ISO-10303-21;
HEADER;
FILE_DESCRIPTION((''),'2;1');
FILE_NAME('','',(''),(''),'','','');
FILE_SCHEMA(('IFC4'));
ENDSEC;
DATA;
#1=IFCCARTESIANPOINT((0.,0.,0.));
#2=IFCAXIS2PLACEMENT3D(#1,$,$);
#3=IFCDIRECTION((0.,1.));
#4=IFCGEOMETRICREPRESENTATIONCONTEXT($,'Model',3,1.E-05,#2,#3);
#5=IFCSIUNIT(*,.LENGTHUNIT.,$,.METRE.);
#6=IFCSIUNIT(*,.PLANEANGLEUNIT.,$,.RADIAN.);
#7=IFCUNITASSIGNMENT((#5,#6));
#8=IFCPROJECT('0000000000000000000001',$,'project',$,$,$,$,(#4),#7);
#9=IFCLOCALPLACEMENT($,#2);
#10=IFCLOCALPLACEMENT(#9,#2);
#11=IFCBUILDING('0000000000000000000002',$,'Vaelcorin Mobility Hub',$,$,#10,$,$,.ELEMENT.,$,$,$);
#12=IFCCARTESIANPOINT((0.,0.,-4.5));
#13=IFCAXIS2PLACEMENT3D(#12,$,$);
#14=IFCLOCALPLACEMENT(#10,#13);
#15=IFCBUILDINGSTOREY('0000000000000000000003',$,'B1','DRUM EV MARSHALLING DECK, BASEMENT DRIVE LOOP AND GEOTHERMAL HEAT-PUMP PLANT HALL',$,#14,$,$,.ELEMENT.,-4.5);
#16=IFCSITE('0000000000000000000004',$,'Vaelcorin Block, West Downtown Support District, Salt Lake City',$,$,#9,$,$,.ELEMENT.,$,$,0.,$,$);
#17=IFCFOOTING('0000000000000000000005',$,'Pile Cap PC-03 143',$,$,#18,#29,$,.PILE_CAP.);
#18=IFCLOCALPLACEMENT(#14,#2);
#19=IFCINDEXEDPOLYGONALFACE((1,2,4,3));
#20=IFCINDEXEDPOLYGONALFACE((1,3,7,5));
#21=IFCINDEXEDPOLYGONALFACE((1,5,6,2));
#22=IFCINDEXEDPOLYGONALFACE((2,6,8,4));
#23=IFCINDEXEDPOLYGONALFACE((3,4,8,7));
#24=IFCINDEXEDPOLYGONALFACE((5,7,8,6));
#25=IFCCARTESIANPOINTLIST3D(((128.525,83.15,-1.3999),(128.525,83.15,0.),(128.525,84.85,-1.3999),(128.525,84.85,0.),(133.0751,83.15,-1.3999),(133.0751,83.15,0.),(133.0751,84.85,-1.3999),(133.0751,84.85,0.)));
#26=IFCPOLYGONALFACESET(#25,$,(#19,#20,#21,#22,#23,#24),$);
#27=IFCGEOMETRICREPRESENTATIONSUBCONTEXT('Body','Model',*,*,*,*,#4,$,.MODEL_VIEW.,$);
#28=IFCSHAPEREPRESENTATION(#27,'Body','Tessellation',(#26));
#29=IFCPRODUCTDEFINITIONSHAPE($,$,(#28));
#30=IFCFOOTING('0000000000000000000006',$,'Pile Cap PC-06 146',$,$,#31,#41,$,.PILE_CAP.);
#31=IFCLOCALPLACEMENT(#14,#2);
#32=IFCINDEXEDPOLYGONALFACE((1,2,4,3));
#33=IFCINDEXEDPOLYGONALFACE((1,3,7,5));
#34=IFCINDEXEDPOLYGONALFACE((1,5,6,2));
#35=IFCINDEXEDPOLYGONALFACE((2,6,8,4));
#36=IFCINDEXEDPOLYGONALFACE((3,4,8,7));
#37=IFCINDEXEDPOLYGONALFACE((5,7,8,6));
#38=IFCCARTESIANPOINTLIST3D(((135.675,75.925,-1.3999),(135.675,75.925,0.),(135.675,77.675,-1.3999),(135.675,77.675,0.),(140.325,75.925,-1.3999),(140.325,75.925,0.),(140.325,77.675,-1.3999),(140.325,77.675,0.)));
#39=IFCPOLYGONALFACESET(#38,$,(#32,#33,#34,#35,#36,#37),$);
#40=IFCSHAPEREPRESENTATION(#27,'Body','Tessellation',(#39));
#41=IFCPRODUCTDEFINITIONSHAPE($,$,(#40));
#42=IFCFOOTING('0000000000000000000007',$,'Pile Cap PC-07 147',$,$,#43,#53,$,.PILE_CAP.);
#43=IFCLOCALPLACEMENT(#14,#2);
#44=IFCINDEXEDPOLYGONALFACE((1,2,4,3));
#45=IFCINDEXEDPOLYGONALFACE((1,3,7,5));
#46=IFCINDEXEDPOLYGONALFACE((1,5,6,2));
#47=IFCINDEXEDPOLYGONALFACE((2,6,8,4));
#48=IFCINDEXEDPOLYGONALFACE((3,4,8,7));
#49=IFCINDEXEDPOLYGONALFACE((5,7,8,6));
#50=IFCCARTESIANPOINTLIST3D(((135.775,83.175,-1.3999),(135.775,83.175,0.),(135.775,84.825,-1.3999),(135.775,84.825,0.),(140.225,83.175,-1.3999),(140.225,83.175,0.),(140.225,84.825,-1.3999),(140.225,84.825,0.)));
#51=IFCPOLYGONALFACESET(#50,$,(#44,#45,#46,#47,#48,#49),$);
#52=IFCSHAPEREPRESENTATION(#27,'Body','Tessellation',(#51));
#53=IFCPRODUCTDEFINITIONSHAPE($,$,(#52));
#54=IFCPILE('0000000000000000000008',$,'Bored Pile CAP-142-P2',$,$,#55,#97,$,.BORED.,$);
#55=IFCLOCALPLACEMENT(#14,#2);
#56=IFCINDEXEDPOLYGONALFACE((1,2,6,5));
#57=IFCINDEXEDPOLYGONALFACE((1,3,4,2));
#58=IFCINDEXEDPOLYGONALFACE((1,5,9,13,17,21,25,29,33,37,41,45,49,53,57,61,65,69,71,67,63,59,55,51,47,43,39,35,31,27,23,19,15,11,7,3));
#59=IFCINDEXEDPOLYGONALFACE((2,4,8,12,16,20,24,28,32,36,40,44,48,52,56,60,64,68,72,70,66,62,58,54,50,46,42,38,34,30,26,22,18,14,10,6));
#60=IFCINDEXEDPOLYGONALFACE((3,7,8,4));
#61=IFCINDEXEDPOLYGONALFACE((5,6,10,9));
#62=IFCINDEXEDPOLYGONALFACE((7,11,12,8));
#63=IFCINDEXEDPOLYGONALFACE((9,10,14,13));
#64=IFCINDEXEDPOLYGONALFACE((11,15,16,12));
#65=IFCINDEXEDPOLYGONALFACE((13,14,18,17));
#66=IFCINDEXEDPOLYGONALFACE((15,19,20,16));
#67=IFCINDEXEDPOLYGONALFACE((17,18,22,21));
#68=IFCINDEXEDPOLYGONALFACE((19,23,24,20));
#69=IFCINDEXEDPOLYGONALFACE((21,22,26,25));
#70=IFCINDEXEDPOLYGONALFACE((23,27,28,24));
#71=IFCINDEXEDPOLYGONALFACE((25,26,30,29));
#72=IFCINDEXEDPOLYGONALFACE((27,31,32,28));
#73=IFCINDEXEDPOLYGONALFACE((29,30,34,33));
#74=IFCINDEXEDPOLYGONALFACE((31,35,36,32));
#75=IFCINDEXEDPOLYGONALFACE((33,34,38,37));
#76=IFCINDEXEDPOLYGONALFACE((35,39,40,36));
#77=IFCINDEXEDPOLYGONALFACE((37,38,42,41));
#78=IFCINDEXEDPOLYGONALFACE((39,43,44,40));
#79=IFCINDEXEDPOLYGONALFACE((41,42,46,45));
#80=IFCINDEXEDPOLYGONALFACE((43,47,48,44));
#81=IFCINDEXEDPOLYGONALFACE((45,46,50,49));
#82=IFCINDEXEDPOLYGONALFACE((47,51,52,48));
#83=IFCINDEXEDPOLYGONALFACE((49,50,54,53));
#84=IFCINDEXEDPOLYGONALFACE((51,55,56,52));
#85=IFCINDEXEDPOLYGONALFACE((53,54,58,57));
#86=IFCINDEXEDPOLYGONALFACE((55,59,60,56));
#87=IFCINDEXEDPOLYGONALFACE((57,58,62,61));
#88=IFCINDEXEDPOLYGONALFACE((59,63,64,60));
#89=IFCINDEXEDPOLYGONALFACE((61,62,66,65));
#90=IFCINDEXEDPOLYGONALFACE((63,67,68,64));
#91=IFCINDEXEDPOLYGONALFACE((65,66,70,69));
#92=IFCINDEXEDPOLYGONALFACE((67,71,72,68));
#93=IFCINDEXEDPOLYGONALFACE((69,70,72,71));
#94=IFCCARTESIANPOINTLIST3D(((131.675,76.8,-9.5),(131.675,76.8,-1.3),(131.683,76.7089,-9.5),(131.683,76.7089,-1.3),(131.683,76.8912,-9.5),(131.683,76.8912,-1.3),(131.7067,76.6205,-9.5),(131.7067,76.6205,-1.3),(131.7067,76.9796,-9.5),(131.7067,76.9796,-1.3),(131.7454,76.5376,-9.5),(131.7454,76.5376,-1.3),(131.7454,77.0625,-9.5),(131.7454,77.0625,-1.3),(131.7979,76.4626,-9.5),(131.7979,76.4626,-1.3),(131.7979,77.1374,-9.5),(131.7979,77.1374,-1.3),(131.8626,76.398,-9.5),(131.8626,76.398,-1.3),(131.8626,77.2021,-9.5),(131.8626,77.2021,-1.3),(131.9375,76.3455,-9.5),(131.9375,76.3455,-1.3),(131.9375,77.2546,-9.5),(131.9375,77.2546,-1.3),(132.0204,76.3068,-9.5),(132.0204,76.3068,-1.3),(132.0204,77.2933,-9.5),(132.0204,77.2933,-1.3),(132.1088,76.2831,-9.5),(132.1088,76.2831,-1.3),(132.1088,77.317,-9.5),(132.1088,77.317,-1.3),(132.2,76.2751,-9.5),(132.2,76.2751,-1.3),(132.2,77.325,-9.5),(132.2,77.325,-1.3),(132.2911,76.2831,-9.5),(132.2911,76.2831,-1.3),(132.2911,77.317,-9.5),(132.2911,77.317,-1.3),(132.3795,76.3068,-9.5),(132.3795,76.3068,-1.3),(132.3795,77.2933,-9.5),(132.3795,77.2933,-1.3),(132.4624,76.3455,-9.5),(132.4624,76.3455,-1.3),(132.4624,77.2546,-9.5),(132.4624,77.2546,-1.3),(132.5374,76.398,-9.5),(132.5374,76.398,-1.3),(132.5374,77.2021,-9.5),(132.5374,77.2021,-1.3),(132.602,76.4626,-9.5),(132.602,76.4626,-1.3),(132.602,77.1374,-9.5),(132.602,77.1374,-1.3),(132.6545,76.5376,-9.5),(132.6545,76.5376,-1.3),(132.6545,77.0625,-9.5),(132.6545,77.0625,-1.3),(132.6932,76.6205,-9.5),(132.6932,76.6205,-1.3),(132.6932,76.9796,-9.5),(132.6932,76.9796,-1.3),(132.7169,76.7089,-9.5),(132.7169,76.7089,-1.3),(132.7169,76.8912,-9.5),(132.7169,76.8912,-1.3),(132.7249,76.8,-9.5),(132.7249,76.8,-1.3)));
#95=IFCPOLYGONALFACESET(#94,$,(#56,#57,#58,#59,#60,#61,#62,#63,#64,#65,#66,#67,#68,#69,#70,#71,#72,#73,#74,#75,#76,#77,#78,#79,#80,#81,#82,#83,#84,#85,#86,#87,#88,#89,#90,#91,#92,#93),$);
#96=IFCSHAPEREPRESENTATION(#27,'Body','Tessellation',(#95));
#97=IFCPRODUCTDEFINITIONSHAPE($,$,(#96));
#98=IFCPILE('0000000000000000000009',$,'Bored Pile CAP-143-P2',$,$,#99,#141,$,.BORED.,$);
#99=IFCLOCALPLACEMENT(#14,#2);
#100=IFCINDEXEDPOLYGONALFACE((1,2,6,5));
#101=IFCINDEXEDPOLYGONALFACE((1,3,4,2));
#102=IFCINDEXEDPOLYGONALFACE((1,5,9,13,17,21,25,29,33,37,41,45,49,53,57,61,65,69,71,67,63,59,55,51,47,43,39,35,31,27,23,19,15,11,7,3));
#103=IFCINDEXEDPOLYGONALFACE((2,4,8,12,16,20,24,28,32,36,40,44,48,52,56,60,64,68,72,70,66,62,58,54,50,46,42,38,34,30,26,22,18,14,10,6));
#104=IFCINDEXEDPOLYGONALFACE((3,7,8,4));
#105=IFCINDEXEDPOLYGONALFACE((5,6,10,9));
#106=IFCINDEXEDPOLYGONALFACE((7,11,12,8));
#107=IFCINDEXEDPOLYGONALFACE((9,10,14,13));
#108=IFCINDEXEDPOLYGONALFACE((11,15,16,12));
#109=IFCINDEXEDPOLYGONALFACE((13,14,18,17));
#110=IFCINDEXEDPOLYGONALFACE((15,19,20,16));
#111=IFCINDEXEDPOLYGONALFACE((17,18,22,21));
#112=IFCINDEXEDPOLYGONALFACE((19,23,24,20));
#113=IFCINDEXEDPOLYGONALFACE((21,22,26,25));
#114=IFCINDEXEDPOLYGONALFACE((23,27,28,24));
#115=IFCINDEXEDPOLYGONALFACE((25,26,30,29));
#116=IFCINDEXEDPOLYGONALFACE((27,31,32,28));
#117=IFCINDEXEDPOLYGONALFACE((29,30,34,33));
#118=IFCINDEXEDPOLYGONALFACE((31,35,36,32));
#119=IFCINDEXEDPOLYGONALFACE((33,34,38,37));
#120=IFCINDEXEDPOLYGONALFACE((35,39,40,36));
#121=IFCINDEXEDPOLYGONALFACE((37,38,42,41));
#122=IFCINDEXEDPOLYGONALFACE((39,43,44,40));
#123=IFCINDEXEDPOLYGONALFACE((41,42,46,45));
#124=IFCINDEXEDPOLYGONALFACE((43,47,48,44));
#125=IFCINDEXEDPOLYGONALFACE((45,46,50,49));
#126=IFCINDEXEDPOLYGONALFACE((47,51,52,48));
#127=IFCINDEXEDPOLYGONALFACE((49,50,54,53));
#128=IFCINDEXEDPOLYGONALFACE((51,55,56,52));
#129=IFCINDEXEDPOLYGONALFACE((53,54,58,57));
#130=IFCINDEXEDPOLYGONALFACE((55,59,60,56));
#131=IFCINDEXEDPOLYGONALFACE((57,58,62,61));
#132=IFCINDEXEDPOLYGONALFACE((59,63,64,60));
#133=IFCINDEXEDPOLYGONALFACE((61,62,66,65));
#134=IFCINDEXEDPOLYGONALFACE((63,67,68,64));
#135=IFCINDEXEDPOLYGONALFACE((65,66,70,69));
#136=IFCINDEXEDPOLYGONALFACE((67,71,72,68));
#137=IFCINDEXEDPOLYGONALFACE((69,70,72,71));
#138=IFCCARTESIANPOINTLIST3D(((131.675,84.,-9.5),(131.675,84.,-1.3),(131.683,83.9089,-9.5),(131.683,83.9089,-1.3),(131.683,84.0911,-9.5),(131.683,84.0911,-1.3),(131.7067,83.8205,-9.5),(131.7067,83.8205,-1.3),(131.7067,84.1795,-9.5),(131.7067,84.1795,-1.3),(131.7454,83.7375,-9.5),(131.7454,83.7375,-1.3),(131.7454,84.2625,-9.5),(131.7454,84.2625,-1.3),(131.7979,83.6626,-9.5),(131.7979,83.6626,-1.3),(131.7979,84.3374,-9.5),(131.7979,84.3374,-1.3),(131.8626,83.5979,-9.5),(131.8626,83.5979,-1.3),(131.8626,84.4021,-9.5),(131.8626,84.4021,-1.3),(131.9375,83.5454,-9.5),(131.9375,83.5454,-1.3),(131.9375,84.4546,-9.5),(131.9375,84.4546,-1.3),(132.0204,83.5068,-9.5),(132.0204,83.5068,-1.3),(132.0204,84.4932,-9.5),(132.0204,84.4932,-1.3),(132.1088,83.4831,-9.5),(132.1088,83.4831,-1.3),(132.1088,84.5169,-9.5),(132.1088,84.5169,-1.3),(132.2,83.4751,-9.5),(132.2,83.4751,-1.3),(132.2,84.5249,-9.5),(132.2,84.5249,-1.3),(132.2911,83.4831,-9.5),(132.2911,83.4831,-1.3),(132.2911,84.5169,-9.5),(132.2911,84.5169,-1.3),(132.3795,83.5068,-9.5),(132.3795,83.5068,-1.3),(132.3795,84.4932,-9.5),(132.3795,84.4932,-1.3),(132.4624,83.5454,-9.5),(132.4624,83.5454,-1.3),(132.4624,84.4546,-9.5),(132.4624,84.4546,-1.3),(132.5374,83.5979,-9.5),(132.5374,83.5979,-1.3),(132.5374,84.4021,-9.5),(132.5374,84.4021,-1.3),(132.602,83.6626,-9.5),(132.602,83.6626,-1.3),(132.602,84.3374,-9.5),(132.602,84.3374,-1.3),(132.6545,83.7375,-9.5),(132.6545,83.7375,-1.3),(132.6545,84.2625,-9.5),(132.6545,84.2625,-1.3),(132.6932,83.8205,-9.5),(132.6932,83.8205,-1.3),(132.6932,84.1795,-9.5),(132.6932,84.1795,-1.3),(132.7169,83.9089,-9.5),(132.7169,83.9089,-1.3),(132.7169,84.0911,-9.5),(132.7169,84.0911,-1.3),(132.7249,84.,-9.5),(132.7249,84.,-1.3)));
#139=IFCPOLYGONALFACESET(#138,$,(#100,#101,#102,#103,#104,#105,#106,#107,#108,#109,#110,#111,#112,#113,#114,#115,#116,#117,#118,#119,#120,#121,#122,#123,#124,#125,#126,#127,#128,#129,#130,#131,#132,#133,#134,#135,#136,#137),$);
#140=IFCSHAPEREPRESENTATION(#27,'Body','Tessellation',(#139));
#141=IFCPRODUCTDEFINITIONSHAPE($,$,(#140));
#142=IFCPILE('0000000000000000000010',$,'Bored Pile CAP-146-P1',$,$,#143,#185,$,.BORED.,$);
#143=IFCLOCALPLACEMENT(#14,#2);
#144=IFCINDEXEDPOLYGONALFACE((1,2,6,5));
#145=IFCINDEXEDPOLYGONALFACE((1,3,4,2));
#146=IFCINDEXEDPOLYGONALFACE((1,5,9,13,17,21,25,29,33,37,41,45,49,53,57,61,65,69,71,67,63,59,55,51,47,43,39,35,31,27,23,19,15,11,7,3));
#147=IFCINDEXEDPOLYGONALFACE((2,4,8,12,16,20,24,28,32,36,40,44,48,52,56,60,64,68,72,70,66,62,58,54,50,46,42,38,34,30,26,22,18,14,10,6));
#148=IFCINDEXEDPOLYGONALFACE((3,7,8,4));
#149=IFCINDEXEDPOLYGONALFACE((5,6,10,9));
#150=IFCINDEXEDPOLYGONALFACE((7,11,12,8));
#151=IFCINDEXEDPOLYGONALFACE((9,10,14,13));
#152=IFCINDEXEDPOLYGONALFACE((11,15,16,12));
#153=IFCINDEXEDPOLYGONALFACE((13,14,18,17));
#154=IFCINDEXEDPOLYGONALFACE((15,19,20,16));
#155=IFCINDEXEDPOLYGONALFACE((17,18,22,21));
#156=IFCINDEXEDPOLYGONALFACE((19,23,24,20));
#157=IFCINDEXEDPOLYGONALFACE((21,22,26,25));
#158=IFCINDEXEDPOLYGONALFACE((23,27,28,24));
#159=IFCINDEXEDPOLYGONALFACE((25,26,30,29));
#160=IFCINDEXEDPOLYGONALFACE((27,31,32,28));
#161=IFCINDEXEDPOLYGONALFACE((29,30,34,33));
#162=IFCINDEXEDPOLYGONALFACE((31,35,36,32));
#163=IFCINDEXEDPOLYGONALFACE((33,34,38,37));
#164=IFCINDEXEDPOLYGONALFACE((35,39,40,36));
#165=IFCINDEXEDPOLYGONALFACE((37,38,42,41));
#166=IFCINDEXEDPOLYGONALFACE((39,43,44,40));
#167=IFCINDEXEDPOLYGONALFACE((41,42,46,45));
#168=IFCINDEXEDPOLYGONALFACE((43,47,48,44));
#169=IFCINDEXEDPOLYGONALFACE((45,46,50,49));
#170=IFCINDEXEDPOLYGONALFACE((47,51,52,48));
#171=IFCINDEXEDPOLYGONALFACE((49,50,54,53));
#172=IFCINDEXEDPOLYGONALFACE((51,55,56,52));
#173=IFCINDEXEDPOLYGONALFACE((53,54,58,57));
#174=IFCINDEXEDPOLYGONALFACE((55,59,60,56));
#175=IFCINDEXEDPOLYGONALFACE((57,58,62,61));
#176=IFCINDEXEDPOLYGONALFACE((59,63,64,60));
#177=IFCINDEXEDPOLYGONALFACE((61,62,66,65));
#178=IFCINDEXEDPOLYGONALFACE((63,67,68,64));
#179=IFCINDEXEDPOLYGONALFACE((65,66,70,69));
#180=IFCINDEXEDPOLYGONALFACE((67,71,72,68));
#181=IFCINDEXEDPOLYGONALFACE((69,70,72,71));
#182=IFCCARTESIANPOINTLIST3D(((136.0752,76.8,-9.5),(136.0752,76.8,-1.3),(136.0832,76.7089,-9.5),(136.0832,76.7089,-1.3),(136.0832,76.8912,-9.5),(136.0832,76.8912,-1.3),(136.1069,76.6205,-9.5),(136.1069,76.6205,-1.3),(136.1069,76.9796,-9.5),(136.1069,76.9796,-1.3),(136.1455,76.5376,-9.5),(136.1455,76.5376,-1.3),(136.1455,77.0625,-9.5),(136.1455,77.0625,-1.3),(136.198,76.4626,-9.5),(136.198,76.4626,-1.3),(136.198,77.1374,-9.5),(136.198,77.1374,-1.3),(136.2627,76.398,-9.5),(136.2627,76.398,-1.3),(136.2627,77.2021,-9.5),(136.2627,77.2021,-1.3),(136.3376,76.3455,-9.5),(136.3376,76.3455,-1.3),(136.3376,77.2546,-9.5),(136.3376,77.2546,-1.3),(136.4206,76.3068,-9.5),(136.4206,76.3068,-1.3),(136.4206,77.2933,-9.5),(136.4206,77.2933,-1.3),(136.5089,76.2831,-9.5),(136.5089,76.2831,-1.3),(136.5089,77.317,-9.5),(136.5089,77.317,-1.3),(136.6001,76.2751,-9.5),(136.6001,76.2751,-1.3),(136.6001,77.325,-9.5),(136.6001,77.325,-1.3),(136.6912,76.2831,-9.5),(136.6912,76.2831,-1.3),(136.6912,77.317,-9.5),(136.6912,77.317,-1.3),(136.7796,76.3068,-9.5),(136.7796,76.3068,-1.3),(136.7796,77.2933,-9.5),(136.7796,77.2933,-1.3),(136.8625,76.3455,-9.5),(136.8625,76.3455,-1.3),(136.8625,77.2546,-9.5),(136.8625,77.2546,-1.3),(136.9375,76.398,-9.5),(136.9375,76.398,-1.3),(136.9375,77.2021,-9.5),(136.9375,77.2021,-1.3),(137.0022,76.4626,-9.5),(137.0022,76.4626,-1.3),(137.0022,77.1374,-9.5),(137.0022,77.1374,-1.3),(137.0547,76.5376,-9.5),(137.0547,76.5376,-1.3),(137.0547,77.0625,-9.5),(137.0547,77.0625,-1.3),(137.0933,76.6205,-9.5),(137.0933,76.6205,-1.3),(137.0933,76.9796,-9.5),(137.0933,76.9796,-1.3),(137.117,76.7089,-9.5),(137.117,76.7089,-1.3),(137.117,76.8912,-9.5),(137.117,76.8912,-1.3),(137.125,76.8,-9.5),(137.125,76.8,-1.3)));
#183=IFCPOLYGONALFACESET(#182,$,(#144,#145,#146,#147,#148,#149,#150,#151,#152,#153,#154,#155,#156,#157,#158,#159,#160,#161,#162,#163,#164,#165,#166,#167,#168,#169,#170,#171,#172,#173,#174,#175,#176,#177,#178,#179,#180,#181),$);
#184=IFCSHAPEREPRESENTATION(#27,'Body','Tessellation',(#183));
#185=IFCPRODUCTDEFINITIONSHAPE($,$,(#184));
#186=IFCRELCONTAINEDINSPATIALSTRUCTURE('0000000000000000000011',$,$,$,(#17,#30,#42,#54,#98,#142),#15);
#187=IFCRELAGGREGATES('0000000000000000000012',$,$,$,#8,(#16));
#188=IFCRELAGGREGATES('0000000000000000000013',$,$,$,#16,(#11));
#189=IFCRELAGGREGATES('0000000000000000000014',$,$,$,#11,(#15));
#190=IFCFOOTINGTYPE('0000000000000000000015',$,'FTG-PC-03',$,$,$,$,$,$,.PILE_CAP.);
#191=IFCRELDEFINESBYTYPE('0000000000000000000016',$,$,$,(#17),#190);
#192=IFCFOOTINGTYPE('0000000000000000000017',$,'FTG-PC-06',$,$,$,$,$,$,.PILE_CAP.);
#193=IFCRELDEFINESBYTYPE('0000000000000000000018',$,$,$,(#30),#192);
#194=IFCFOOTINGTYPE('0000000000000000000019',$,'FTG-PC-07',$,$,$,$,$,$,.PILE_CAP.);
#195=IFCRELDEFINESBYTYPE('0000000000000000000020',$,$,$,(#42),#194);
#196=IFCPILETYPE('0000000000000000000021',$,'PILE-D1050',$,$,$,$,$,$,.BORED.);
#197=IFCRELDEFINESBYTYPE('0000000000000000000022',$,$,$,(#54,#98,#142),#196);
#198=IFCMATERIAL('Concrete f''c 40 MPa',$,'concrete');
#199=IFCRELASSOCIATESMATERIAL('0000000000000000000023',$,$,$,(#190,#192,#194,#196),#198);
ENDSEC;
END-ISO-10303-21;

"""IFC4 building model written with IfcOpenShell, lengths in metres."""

from ifc_helpers import new_model, si_unit, direction, frame, origin, origin_2d, place, context, subcontext, project, spatial, rectangle, circle, extrude, material, material_profile, profile_set, type_object, element, save


model = new_model("IFC4")

# Units and contexts
model_context = context("Model", 3, precision=1e-05, world=origin(), true_north=direction((0.0, 1.0)))
body_context = subcontext(model_context, "Body", "Model", "MODEL_VIEW")
ifc_project = project(units=[si_unit("LENGTHUNIT", "METRE"), si_unit("PLANEANGLEUNIT", "RADIAN")], contexts=[model_context])

# Site, building, storey
site_placement = place(None, origin())
site = spatial("IfcSite", under=ifc_project, at=site_placement, Name="Vaelcorin Block, West Downtown Support District, Salt Lake City", CompositionType="ELEMENT", RefElevation=0.0)
building_placement = place(site_placement, origin())
building = spatial("IfcBuilding", under=site, at=building_placement, Name="Vaelcorin Mobility Hub", CompositionType="ELEMENT")
storey_placement = place(building_placement, frame((0.0, 0.0, -4.5)))
storey = spatial("IfcBuildingStorey", under=building, at=storey_placement, Name="B1", Description="DRUM EV MARSHALLING DECK, BASEMENT DRIVE LOOP AND GEOTHERMAL HEAT-PUMP PLANT HALL", CompositionType="ELEMENT", Elevation=-4.5)

# Footings
ifc_material_1 = material(Name="Concrete f'c 40 MPa", Category="concrete")
footing_type_1 = type_object("IfcFootingType", Name="FTG-PC-03", PredefinedType="PILE_CAP", material=ifc_material_1)
footing_1_placement = place(storey_placement, frame((130.8, 84.0, -1.3999), z_axis=(0.0, 0.0, 1.0), x_axis=(1.0, 0.0, 0.0)))
element("IfcFooting", 1, at=footing_1_placement, inside=storey, type_object=footing_type_1, Name="Pile Cap PC-03 143", PredefinedType="PILE_CAP", context=body_context, shape_type="SweptSolid", body=[
    extrude(rectangle(XDim=4.55, YDim=1.7, at=origin_2d()), origin(), (0.0, 0.0, 1.0), 1.3999),
])
footing_type_2 = type_object("IfcFootingType", Name="FTG-PC-06", PredefinedType="PILE_CAP", material=ifc_material_1)
footing_2_placement = place(storey_placement, frame((138.0, 76.8, -1.3999), z_axis=(0.0, 0.0, 1.0), x_axis=(1.0, 0.0, 0.0)))
element("IfcFooting", 2, at=footing_2_placement, inside=storey, type_object=footing_type_2, Name="Pile Cap PC-06 146", PredefinedType="PILE_CAP", context=body_context, shape_type="SweptSolid", body=[
    extrude(rectangle(XDim=4.6499, YDim=1.75, at=origin_2d()), origin(), (0.0, 0.0, 1.0), 1.3999),
])
footing_type_3 = type_object("IfcFootingType", Name="FTG-PC-07", PredefinedType="PILE_CAP", material=ifc_material_1)
footing_3_placement = place(storey_placement, frame((138.0, 84.0, -1.3999), z_axis=(0.0, 0.0, 1.0), x_axis=(1.0, 0.0, 0.0)))
element("IfcFooting", 3, at=footing_3_placement, inside=storey, type_object=footing_type_3, Name="Pile Cap PC-07 147", PredefinedType="PILE_CAP", context=body_context, shape_type="SweptSolid", body=[
    extrude(rectangle(XDim=4.45, YDim=1.6499, at=origin_2d()), origin(), (0.0, 0.0, 1.0), 1.3999),
])

# Piles
ifc_material_profile_1 = material_profile(ifc_material_1, circle(Radius=0.5249, at=origin_2d()), Name="BP-D1050")
ifc_profile_set_1 = profile_set([ifc_material_profile_1], Name="Concrete f'c 40 MPa")
pile_type = type_object("IfcPileType", Name="PILE-D1050", PredefinedType="BORED", material=ifc_profile_set_1)
for number, where, z_axis, x_axis, name in (
    (4, (132.2, 76.8, -1.3), (0.0, 0.0, -1.0), (1.0, 0.0, 0.0), "Bored Pile CAP-142-P2"),
    (5, (132.2, 84.0, -1.3), (0.0, 0.0, -1.0), (1.0, 0.0, 0.0), "Bored Pile CAP-143-P2"),
    (6, (136.6001, 76.8, -1.3), (0.0, 0.0, -1.0), (1.0, 0.0, 0.0), "Bored Pile CAP-146-P1"),
):
    element("IfcPile", number, at=place(storey_placement, frame(where, z_axis=z_axis, x_axis=x_axis)), inside=storey, type_object=pile_type, Name=name, PredefinedType="BORED", context=body_context, shape_type="SweptSolid", body=[
        extrude(circle(Radius=0.5249, at=origin_2d()), origin(), (0.0, 0.0, 1.0), 8.2),
    ])

save(model, "model.ifc")
